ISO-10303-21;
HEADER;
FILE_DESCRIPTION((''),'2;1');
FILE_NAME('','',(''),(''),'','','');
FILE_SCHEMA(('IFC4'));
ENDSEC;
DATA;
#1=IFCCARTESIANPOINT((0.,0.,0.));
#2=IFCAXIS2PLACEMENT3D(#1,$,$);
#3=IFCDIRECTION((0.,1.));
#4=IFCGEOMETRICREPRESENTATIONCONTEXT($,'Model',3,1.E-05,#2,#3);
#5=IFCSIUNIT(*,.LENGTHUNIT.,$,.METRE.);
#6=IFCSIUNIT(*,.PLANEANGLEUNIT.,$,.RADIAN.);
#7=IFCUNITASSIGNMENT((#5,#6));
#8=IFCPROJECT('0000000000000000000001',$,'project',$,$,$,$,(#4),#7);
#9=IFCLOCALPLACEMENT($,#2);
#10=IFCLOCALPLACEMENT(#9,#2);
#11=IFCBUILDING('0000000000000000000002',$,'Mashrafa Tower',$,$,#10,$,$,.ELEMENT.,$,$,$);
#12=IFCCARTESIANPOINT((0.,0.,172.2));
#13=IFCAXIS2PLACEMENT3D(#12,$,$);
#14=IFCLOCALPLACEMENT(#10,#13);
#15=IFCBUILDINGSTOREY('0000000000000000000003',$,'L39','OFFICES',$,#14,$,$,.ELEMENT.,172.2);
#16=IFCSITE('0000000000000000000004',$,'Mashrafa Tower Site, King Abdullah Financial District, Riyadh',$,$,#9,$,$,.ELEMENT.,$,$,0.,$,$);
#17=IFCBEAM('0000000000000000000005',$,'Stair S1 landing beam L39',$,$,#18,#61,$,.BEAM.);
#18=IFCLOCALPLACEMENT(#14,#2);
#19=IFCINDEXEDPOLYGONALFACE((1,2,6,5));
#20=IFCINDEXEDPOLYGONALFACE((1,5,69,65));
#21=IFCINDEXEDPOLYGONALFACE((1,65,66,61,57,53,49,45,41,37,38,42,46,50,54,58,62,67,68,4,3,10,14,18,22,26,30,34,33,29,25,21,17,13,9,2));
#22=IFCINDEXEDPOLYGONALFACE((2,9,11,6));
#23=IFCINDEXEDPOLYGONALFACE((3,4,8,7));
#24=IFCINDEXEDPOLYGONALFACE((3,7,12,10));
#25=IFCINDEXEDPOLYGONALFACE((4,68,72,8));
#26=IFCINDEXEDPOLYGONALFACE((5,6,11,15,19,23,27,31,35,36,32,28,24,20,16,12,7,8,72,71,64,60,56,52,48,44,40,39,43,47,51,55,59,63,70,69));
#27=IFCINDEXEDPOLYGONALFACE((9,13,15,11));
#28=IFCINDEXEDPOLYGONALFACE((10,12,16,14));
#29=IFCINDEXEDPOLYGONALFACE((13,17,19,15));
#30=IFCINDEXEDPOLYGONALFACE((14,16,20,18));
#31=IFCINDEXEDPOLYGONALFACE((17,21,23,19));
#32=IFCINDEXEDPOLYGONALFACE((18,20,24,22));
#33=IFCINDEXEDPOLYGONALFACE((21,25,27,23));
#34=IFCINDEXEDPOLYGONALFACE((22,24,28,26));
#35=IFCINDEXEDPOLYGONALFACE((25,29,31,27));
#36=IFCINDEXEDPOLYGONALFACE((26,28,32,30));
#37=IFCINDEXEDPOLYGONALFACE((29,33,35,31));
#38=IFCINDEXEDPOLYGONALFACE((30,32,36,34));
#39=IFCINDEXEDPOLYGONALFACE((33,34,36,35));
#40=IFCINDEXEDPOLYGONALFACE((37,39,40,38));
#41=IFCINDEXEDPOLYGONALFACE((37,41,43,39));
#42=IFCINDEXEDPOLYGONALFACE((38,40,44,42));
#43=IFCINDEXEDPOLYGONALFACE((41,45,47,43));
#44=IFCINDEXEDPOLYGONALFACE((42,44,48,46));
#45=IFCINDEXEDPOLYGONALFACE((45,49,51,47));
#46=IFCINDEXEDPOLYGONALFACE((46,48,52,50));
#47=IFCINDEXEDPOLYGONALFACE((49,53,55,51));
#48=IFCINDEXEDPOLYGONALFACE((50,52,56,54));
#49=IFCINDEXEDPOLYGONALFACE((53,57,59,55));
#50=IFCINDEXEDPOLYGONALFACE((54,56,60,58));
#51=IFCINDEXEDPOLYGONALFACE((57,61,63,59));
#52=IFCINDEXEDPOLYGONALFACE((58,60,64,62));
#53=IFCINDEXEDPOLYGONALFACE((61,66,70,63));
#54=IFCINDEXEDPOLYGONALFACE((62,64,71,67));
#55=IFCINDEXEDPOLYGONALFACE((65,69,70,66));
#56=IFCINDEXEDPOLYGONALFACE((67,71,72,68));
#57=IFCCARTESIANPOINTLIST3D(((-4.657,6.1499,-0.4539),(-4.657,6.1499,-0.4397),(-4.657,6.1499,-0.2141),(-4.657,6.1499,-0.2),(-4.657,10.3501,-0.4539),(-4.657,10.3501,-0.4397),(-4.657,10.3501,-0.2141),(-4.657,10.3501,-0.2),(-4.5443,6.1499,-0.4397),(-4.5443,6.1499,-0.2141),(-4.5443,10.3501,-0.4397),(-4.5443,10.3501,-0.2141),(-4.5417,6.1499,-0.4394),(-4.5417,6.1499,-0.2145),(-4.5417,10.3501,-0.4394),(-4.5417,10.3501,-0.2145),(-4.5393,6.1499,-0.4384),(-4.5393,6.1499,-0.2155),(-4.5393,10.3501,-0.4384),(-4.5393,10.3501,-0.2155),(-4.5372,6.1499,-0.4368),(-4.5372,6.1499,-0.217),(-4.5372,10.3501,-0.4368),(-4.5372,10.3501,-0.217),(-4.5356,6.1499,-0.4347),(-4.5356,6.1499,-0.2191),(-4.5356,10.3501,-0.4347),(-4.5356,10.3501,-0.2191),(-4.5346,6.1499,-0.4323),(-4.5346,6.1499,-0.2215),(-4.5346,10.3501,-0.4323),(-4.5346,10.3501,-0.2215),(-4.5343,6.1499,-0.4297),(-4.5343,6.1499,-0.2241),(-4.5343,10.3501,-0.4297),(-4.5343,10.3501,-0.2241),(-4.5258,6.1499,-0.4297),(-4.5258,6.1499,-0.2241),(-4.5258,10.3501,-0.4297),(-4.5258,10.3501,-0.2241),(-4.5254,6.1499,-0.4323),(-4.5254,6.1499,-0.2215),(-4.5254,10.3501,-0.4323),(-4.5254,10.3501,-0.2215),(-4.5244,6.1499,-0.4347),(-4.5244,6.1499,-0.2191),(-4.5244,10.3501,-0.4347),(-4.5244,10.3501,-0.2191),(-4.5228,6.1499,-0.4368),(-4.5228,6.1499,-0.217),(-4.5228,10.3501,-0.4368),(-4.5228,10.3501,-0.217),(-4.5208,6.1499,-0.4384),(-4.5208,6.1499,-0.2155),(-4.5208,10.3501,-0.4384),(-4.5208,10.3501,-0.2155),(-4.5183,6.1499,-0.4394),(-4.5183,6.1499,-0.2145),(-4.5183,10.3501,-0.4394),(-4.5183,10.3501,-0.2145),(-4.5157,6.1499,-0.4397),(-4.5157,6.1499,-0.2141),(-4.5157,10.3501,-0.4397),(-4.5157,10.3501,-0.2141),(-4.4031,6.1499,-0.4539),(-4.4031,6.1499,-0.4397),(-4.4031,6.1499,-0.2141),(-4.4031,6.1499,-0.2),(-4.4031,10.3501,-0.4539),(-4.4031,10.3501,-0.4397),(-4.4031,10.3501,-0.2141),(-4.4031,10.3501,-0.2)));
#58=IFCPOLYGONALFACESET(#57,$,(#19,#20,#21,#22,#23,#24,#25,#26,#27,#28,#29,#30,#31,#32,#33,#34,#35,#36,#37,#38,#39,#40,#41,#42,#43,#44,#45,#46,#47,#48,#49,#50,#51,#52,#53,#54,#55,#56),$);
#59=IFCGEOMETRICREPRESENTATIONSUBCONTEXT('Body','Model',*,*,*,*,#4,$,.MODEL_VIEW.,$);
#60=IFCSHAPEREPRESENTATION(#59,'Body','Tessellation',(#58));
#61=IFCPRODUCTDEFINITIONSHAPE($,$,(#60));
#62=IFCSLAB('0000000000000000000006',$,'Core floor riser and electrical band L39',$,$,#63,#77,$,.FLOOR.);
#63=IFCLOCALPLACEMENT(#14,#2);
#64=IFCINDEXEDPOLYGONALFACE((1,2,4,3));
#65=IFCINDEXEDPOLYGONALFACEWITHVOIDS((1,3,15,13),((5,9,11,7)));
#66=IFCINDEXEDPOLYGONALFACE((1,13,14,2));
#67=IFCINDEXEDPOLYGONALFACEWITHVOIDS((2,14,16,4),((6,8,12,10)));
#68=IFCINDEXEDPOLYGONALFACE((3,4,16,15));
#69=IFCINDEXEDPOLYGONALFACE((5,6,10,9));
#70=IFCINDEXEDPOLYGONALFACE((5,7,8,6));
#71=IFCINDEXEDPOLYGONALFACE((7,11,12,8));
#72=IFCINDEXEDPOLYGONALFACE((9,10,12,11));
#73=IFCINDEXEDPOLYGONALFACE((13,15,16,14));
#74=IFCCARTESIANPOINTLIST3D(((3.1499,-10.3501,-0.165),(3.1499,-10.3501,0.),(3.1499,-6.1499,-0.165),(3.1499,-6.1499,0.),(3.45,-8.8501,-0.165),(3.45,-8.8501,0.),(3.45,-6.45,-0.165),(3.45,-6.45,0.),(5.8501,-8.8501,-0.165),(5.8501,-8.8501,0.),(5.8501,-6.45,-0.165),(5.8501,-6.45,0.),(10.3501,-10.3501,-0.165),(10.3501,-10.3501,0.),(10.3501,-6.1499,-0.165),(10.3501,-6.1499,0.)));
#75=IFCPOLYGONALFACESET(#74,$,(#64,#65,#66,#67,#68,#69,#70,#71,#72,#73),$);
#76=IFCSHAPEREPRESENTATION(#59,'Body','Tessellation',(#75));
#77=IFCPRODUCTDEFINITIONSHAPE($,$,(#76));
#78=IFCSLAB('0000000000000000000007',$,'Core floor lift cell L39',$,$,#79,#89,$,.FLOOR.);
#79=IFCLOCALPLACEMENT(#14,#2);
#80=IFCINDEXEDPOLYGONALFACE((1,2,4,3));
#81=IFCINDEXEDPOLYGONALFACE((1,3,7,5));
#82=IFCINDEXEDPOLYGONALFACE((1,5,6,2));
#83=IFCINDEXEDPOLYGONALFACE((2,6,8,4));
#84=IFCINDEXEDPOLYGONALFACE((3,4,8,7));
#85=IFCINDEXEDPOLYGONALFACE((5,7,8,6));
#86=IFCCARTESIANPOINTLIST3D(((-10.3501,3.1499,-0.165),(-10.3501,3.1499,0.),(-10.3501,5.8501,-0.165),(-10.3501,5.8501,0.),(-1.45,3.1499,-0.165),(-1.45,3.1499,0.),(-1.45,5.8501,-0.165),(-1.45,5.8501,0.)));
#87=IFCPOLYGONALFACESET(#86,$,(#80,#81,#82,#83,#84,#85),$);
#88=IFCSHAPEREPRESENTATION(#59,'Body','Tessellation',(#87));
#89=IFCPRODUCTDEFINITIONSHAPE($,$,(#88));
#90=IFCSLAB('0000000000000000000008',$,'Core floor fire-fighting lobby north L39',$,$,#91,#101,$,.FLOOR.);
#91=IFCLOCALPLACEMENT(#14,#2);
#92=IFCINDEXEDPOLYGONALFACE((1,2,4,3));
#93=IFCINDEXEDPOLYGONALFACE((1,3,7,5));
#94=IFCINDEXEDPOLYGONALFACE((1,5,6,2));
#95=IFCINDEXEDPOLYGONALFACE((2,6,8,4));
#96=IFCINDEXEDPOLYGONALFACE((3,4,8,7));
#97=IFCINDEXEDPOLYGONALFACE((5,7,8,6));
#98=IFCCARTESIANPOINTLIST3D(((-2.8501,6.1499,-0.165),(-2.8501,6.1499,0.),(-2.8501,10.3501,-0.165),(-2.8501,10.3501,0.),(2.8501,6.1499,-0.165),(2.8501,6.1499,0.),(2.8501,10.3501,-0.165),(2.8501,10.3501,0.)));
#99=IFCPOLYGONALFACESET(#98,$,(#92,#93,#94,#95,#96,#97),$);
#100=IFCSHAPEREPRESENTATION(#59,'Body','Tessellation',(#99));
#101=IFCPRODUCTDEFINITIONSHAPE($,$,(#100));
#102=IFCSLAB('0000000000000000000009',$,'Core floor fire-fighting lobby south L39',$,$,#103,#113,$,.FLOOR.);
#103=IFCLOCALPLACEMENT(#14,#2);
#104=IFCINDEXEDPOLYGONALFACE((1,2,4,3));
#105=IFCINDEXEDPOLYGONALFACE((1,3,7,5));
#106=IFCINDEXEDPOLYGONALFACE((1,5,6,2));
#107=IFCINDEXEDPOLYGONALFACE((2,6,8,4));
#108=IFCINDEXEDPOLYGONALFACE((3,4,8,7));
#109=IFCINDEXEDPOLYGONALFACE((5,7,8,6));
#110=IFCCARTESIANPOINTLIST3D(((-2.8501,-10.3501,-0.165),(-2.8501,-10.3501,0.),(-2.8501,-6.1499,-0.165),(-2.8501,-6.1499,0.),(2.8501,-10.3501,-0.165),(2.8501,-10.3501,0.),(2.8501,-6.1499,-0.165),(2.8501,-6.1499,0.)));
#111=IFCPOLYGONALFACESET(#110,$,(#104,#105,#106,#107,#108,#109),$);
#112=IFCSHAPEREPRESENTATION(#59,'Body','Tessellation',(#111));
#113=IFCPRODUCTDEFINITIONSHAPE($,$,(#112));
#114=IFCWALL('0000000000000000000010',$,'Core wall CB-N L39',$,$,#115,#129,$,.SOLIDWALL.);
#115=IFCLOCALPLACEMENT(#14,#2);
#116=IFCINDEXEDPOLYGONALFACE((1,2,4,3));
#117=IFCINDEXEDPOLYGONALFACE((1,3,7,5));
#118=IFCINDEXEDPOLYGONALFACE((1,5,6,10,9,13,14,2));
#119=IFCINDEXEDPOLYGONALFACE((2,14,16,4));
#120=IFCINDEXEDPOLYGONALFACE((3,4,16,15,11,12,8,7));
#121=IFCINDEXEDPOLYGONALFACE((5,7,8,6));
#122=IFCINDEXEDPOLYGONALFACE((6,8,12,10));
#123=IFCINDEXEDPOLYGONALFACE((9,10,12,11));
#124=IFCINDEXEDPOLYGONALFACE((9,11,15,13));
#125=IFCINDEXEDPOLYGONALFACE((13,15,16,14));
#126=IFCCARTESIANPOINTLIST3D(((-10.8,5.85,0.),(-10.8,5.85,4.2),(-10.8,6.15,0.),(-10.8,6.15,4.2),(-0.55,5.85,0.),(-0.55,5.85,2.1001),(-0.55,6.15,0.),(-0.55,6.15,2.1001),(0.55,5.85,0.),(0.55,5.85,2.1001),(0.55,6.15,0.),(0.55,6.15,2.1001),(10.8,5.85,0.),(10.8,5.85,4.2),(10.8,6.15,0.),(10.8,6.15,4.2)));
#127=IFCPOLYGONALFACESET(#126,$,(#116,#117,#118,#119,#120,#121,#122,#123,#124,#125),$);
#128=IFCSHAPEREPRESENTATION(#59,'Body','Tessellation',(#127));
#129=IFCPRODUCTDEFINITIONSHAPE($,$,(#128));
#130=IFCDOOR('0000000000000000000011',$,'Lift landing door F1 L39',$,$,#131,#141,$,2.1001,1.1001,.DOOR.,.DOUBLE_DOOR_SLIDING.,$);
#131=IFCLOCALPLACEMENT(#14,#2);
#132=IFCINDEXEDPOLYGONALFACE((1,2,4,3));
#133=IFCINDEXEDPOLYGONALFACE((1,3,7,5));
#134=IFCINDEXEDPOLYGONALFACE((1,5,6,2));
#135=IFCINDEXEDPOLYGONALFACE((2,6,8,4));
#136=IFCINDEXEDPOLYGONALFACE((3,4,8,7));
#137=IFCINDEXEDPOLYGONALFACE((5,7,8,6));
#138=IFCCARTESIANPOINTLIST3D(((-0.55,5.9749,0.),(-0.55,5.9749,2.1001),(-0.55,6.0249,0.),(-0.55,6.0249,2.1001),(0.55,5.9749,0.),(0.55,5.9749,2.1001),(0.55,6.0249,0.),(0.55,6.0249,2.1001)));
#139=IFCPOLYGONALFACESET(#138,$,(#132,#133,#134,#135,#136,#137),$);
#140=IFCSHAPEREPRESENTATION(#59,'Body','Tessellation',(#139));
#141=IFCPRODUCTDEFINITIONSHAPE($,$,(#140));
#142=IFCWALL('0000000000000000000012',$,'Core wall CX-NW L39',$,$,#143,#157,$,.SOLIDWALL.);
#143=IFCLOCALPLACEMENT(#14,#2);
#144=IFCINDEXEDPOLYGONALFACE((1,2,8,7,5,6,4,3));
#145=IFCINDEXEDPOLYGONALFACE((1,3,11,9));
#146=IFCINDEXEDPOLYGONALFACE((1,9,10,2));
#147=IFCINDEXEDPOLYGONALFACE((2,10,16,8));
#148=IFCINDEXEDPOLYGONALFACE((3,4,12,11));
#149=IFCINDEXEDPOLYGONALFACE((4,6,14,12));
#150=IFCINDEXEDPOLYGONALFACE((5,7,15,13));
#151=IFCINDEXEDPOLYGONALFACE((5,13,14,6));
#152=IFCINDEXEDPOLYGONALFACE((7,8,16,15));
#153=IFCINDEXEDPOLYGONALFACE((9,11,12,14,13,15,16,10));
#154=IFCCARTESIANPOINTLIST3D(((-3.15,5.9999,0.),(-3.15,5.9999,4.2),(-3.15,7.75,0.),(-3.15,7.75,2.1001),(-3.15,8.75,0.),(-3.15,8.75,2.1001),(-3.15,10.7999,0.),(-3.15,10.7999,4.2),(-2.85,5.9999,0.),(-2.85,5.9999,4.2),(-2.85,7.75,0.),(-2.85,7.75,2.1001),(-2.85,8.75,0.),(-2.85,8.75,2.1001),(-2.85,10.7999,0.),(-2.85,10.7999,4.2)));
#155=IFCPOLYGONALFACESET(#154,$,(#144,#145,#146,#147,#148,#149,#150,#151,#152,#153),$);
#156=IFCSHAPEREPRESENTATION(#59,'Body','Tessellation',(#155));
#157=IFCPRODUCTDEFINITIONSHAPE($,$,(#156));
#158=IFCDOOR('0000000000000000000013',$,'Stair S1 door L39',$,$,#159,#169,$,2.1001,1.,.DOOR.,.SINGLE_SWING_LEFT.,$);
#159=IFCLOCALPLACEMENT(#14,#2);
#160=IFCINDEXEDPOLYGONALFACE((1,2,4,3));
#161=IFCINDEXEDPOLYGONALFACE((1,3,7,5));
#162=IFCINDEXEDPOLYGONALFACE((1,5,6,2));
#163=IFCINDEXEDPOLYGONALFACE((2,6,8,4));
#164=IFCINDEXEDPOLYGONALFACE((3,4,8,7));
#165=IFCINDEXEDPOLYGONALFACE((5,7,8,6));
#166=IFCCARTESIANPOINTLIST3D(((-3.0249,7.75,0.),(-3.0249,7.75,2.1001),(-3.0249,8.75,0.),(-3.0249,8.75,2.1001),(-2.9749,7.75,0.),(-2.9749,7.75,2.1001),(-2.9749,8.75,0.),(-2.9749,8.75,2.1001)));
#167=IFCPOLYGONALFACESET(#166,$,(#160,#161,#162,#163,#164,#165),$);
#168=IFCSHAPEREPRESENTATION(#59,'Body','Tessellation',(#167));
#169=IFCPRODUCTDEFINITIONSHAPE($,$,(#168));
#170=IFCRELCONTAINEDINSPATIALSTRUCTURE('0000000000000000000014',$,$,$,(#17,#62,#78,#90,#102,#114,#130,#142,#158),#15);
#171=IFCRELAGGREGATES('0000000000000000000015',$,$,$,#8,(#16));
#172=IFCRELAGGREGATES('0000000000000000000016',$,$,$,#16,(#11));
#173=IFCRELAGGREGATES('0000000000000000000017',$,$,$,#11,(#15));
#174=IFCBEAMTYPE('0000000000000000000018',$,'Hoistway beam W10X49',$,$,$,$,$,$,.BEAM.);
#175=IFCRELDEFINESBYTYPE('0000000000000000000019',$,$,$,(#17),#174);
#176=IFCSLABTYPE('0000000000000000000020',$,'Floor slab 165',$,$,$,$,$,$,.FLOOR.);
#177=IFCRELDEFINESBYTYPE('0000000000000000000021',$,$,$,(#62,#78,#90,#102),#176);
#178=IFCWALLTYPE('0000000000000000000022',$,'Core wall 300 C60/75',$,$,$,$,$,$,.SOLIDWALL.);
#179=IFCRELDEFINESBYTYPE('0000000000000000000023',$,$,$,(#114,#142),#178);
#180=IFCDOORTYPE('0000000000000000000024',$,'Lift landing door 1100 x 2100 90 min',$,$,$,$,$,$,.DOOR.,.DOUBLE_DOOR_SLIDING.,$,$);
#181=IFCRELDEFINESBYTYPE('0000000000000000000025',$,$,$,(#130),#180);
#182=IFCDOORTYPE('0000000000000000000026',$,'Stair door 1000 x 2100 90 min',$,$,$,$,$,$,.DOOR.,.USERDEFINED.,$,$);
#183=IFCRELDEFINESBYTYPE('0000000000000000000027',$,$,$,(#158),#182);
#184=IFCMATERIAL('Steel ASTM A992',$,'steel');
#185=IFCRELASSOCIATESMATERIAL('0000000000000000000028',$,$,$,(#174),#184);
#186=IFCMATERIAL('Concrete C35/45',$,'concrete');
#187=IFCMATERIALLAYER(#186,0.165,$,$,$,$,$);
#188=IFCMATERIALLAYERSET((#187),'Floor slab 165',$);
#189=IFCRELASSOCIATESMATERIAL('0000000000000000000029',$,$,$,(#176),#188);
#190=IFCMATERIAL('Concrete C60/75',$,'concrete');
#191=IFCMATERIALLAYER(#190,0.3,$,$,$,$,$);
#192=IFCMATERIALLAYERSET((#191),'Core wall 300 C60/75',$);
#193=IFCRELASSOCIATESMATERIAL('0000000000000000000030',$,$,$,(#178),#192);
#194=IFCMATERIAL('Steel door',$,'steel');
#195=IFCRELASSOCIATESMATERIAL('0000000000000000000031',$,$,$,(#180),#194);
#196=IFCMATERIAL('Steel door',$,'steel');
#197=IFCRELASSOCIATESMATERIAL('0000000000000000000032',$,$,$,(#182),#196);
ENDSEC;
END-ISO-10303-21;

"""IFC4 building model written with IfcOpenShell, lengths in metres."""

from ifc_helpers import new_model, si_unit, direction, frame, frame_2d, origin, origin_2d, place, context, subcontext, project, spatial, polyline, rectangle, i_section, outline, extrude, material, layer, layer_set, material_profile, profile_set, type_object, element, fill, save


model = new_model("IFC4")

# Units and contexts
model_context = context("Model", 3, precision=1e-05, world=origin(), true_north=direction((0.0, 1.0)))
body_context = subcontext(model_context, "Body", "Model", "MODEL_VIEW")
ifc_project = project(units=[si_unit("LENGTHUNIT", "METRE"), si_unit("PLANEANGLEUNIT", "RADIAN")], contexts=[model_context])

# Site, building, storey
site_placement = place(None, origin())
site = spatial("IfcSite", under=ifc_project, at=site_placement, Name="Mashrafa Tower Site, King Abdullah Financial District, Riyadh", CompositionType="ELEMENT", RefElevation=0.0)
building_placement = place(site_placement, origin())
building = spatial("IfcBuilding", under=site, at=building_placement, Name="Mashrafa Tower", CompositionType="ELEMENT")
storey_placement = place(building_placement, frame((0.0, 0.0, 172.2)))
storey = spatial("IfcBuildingStorey", under=building, at=storey_placement, Name="L39", Description="OFFICES", CompositionType="ELEMENT", Elevation=172.2)

# Beam
ifc_material_1 = material(Name="Steel ASTM A992", Category="steel")
ifc_material_profile_1 = material_profile(ifc_material_1, i_section(OverallWidth=0.2539, OverallDepth=0.2539, WebThickness=0.0085, FlangeThickness=0.0142, FilletRadius=0.01, at=origin_2d()), Name="W10X49")
ifc_profile_set_1 = profile_set([ifc_material_profile_1], Name="Steel ASTM A992")
beam_type_1 = type_object("IfcBeamType", Name="Hoistway beam W10X49", PredefinedType="BEAM", material=ifc_profile_set_1)
beam_1_placement = place(storey_placement, frame((-4.53, 6.1499, -0.3269), z_axis=(0.0, 1.0, 0.0), x_axis=(-1.0, 0.0, 0.0)))
element("IfcBeam", 1, at=beam_1_placement, inside=storey, type_object=beam_type_1, Name="Stair S1 landing beam L39", PredefinedType="BEAM", context=body_context, shape_type="SweptSolid", body=[
    extrude(i_section(OverallWidth=0.2539, OverallDepth=0.2539, WebThickness=0.0085, FlangeThickness=0.0142, FilletRadius=0.01, at=origin_2d()), origin(), (0.0, 0.0, 1.0), 4.2002),
])

# Slabs
ifc_material_2 = material(Name="Concrete C35/45", Category="concrete")
ifc_layer_1 = layer(ifc_material_2, 0.165)
ifc_layer_set_1 = layer_set([ifc_layer_1], Name="Floor slab 165")
slab_type = type_object("IfcSlabType", Name="Floor slab 165", PredefinedType="FLOOR", material=ifc_layer_set_1)
slab_1_placement = place(storey_placement, frame((0.0, 0.0, -0.165)))
element("IfcSlab", 2, at=slab_1_placement, inside=storey, type_object=slab_type, Name="Core floor riser and electrical band L39", PredefinedType="FLOOR", context=body_context, shape_type="SweptSolid", body=[
    extrude(outline(polyline([(10.3501, -6.1499), (10.3501, -10.3501), (3.1499, -10.3501), (3.1499, -6.1499), (10.3501, -6.1499)]), holes=[polyline([(3.45, -8.8501), (5.8501, -8.8501), (5.8501, -6.45), (3.45, -6.45), (3.45, -8.8501)])]), origin(), (0.0, 0.0, 1.0), 0.165),
])
slab_2_placement = place(storey_placement, frame((0.0, 0.0, -0.165)))
element("IfcSlab", 3, at=slab_2_placement, inside=storey, type_object=slab_type, Name="Core floor lift cell L39", PredefinedType="FLOOR", context=body_context, shape_type="SweptSolid", body=[
    extrude(outline(polyline([(-1.45, 3.1499), (-10.3501, 3.1499), (-10.3501, 5.8501), (-1.45, 5.8501), (-1.45, 3.1499)])), origin(), (0.0, 0.0, 1.0), 0.165),
])
slab_3_placement = place(storey_placement, frame((0.0, 0.0, -0.165)))
element("IfcSlab", 4, at=slab_3_placement, inside=storey, type_object=slab_type, Name="Core floor fire-fighting lobby north L39", PredefinedType="FLOOR", context=body_context, shape_type="SweptSolid", body=[
    extrude(outline(polyline([(-2.8501, 10.3501), (2.8501, 10.3501), (2.8501, 6.1499), (-2.8501, 6.1499), (-2.8501, 10.3501)])), origin(), (0.0, 0.0, 1.0), 0.165),
])
slab_4_placement = place(storey_placement, frame((0.0, 0.0, -0.165)))
element("IfcSlab", 5, at=slab_4_placement, inside=storey, type_object=slab_type, Name="Core floor fire-fighting lobby south L39", PredefinedType="FLOOR", context=body_context, shape_type="SweptSolid", body=[
    extrude(outline(polyline([(2.8501, -6.1499), (2.8501, -10.3501), (-2.8501, -10.3501), (-2.8501, -6.1499), (2.8501, -6.1499)])), origin(), (0.0, 0.0, 1.0), 0.165),
])

# Walls, openings, doors
ifc_material_3 = material(Name="Concrete C60/75", Category="concrete")
ifc_layer_2 = layer(ifc_material_3, 0.3)
ifc_layer_set_2 = layer_set([ifc_layer_2], Name="Core wall 300 C60/75")
wall_type_1 = type_object("IfcWallType", Name="Core wall 300 C60/75", PredefinedType="SOLIDWALL", material=ifc_layer_set_2)
wall_1_placement = place(storey_placement, frame((-10.8, 6.0, 0.0), z_axis=(0.0, 0.0, 1.0), x_axis=(1.0, 0.0, 0.0)))
wall_1 = element("IfcWall", 6, at=wall_1_placement, inside=storey, type_object=wall_type_1, Name="Core wall CB-N L39", PredefinedType="SOLIDWALL", context=body_context, shape_type="SweptSolid", body=[
    extrude(rectangle(XDim=21.6001, YDim=0.3, at=frame_2d((10.8, 0.0))), origin(), (0.0, 0.0, 1.0), 4.2),
])
opening_1_placement = place(wall_1_placement, frame((10.25, 0.0, 0.0)))
opening_1 = element("IfcOpeningElement", 7, at=opening_1_placement, cuts=wall_1, PredefinedType="OPENING", context=body_context, shape_type="SweptSolid", body=[
    extrude(rectangle(XDim=1.1001, YDim=2.1001, at=frame_2d((0.55, 1.05))), frame((0.0, 0.1599, 0.0), z_axis=(0.0, -1.0, 0.0), x_axis=(1.0, 0.0, 0.0)), (0.0, 0.0, 1.0), 0.3201),
])
ifc_material_4 = material(Name="Steel door", Category="steel")
door_type_1 = type_object("IfcDoorType", Name="Lift landing door 1100 x 2100 90 min", OperationType="DOUBLE_DOOR_SLIDING", PredefinedType="DOOR", material=ifc_material_4)
door_1_placement = place(opening_1_placement, origin())
door_1 = element("IfcDoor", 8, at=door_1_placement, inside=storey, type_object=door_type_1, Name="Lift landing door F1 L39", OperationType="DOUBLE_DOOR_SLIDING", OverallHeight=2.1001, OverallWidth=1.1001, PredefinedType="DOOR", context=body_context, shape_type="SweptSolid", body=[
    extrude(rectangle(XDim=1.1001, YDim=2.1001, at=frame_2d((0.55, 1.05))), frame((0.0, 0.0249, 0.0), z_axis=(0.0, -1.0, 0.0), x_axis=(1.0, 0.0, 0.0)), (0.0, 0.0, 1.0), 0.05),
])
fill(opening_1, door_1)
wall_2_placement = place(storey_placement, frame((-3.0, 6.0, 0.0), z_axis=(0.0, 0.0, 1.0), x_axis=(0.0, 1.0, 0.0)))
wall_2 = element("IfcWall", 9, at=wall_2_placement, inside=storey, type_object=wall_type_1, Name="Core wall CX-NW L39", PredefinedType="SOLIDWALL", context=body_context, shape_type="SweptSolid", body=[
    extrude(rectangle(XDim=4.8, YDim=0.3, at=frame_2d((2.3999, 0.0))), origin(), (0.0, 0.0, 1.0), 4.2),
])
opening_2_placement = place(wall_2_placement, frame((1.75, 0.0, 0.0)))
opening_2 = element("IfcOpeningElement", 10, at=opening_2_placement, cuts=wall_2, PredefinedType="OPENING", context=body_context, shape_type="SweptSolid", body=[
    extrude(rectangle(XDim=1.0, YDim=2.1001, at=frame_2d((0.5, 1.05))), frame((0.0, 0.1599, 0.0), z_axis=(0.0, -1.0, 0.0), x_axis=(1.0, 0.0, 0.0)), (0.0, 0.0, 1.0), 0.3201),
])
ifc_material_5 = material(Name="Steel door", Category="steel")
door_type_2 = type_object("IfcDoorType", Name="Stair door 1000 x 2100 90 min", OperationType="USERDEFINED", PredefinedType="DOOR", material=ifc_material_5)
door_2_placement = place(opening_2_placement, origin())
door_2 = element("IfcDoor", 11, at=door_2_placement, inside=storey, type_object=door_type_2, Name="Stair S1 door L39", OperationType="SINGLE_SWING_LEFT", OverallHeight=2.1001, OverallWidth=1.0, PredefinedType="DOOR", context=body_context, shape_type="SweptSolid", body=[
    extrude(rectangle(XDim=1.0, YDim=2.1001, at=frame_2d((0.5, 1.05))), frame((0.0, 0.0249, 0.0), z_axis=(0.0, -1.0, 0.0), x_axis=(1.0, 0.0, 0.0)), (0.0, 0.0, 1.0), 0.05),
])
fill(opening_2, door_2)

save(model, "model.ifc")
